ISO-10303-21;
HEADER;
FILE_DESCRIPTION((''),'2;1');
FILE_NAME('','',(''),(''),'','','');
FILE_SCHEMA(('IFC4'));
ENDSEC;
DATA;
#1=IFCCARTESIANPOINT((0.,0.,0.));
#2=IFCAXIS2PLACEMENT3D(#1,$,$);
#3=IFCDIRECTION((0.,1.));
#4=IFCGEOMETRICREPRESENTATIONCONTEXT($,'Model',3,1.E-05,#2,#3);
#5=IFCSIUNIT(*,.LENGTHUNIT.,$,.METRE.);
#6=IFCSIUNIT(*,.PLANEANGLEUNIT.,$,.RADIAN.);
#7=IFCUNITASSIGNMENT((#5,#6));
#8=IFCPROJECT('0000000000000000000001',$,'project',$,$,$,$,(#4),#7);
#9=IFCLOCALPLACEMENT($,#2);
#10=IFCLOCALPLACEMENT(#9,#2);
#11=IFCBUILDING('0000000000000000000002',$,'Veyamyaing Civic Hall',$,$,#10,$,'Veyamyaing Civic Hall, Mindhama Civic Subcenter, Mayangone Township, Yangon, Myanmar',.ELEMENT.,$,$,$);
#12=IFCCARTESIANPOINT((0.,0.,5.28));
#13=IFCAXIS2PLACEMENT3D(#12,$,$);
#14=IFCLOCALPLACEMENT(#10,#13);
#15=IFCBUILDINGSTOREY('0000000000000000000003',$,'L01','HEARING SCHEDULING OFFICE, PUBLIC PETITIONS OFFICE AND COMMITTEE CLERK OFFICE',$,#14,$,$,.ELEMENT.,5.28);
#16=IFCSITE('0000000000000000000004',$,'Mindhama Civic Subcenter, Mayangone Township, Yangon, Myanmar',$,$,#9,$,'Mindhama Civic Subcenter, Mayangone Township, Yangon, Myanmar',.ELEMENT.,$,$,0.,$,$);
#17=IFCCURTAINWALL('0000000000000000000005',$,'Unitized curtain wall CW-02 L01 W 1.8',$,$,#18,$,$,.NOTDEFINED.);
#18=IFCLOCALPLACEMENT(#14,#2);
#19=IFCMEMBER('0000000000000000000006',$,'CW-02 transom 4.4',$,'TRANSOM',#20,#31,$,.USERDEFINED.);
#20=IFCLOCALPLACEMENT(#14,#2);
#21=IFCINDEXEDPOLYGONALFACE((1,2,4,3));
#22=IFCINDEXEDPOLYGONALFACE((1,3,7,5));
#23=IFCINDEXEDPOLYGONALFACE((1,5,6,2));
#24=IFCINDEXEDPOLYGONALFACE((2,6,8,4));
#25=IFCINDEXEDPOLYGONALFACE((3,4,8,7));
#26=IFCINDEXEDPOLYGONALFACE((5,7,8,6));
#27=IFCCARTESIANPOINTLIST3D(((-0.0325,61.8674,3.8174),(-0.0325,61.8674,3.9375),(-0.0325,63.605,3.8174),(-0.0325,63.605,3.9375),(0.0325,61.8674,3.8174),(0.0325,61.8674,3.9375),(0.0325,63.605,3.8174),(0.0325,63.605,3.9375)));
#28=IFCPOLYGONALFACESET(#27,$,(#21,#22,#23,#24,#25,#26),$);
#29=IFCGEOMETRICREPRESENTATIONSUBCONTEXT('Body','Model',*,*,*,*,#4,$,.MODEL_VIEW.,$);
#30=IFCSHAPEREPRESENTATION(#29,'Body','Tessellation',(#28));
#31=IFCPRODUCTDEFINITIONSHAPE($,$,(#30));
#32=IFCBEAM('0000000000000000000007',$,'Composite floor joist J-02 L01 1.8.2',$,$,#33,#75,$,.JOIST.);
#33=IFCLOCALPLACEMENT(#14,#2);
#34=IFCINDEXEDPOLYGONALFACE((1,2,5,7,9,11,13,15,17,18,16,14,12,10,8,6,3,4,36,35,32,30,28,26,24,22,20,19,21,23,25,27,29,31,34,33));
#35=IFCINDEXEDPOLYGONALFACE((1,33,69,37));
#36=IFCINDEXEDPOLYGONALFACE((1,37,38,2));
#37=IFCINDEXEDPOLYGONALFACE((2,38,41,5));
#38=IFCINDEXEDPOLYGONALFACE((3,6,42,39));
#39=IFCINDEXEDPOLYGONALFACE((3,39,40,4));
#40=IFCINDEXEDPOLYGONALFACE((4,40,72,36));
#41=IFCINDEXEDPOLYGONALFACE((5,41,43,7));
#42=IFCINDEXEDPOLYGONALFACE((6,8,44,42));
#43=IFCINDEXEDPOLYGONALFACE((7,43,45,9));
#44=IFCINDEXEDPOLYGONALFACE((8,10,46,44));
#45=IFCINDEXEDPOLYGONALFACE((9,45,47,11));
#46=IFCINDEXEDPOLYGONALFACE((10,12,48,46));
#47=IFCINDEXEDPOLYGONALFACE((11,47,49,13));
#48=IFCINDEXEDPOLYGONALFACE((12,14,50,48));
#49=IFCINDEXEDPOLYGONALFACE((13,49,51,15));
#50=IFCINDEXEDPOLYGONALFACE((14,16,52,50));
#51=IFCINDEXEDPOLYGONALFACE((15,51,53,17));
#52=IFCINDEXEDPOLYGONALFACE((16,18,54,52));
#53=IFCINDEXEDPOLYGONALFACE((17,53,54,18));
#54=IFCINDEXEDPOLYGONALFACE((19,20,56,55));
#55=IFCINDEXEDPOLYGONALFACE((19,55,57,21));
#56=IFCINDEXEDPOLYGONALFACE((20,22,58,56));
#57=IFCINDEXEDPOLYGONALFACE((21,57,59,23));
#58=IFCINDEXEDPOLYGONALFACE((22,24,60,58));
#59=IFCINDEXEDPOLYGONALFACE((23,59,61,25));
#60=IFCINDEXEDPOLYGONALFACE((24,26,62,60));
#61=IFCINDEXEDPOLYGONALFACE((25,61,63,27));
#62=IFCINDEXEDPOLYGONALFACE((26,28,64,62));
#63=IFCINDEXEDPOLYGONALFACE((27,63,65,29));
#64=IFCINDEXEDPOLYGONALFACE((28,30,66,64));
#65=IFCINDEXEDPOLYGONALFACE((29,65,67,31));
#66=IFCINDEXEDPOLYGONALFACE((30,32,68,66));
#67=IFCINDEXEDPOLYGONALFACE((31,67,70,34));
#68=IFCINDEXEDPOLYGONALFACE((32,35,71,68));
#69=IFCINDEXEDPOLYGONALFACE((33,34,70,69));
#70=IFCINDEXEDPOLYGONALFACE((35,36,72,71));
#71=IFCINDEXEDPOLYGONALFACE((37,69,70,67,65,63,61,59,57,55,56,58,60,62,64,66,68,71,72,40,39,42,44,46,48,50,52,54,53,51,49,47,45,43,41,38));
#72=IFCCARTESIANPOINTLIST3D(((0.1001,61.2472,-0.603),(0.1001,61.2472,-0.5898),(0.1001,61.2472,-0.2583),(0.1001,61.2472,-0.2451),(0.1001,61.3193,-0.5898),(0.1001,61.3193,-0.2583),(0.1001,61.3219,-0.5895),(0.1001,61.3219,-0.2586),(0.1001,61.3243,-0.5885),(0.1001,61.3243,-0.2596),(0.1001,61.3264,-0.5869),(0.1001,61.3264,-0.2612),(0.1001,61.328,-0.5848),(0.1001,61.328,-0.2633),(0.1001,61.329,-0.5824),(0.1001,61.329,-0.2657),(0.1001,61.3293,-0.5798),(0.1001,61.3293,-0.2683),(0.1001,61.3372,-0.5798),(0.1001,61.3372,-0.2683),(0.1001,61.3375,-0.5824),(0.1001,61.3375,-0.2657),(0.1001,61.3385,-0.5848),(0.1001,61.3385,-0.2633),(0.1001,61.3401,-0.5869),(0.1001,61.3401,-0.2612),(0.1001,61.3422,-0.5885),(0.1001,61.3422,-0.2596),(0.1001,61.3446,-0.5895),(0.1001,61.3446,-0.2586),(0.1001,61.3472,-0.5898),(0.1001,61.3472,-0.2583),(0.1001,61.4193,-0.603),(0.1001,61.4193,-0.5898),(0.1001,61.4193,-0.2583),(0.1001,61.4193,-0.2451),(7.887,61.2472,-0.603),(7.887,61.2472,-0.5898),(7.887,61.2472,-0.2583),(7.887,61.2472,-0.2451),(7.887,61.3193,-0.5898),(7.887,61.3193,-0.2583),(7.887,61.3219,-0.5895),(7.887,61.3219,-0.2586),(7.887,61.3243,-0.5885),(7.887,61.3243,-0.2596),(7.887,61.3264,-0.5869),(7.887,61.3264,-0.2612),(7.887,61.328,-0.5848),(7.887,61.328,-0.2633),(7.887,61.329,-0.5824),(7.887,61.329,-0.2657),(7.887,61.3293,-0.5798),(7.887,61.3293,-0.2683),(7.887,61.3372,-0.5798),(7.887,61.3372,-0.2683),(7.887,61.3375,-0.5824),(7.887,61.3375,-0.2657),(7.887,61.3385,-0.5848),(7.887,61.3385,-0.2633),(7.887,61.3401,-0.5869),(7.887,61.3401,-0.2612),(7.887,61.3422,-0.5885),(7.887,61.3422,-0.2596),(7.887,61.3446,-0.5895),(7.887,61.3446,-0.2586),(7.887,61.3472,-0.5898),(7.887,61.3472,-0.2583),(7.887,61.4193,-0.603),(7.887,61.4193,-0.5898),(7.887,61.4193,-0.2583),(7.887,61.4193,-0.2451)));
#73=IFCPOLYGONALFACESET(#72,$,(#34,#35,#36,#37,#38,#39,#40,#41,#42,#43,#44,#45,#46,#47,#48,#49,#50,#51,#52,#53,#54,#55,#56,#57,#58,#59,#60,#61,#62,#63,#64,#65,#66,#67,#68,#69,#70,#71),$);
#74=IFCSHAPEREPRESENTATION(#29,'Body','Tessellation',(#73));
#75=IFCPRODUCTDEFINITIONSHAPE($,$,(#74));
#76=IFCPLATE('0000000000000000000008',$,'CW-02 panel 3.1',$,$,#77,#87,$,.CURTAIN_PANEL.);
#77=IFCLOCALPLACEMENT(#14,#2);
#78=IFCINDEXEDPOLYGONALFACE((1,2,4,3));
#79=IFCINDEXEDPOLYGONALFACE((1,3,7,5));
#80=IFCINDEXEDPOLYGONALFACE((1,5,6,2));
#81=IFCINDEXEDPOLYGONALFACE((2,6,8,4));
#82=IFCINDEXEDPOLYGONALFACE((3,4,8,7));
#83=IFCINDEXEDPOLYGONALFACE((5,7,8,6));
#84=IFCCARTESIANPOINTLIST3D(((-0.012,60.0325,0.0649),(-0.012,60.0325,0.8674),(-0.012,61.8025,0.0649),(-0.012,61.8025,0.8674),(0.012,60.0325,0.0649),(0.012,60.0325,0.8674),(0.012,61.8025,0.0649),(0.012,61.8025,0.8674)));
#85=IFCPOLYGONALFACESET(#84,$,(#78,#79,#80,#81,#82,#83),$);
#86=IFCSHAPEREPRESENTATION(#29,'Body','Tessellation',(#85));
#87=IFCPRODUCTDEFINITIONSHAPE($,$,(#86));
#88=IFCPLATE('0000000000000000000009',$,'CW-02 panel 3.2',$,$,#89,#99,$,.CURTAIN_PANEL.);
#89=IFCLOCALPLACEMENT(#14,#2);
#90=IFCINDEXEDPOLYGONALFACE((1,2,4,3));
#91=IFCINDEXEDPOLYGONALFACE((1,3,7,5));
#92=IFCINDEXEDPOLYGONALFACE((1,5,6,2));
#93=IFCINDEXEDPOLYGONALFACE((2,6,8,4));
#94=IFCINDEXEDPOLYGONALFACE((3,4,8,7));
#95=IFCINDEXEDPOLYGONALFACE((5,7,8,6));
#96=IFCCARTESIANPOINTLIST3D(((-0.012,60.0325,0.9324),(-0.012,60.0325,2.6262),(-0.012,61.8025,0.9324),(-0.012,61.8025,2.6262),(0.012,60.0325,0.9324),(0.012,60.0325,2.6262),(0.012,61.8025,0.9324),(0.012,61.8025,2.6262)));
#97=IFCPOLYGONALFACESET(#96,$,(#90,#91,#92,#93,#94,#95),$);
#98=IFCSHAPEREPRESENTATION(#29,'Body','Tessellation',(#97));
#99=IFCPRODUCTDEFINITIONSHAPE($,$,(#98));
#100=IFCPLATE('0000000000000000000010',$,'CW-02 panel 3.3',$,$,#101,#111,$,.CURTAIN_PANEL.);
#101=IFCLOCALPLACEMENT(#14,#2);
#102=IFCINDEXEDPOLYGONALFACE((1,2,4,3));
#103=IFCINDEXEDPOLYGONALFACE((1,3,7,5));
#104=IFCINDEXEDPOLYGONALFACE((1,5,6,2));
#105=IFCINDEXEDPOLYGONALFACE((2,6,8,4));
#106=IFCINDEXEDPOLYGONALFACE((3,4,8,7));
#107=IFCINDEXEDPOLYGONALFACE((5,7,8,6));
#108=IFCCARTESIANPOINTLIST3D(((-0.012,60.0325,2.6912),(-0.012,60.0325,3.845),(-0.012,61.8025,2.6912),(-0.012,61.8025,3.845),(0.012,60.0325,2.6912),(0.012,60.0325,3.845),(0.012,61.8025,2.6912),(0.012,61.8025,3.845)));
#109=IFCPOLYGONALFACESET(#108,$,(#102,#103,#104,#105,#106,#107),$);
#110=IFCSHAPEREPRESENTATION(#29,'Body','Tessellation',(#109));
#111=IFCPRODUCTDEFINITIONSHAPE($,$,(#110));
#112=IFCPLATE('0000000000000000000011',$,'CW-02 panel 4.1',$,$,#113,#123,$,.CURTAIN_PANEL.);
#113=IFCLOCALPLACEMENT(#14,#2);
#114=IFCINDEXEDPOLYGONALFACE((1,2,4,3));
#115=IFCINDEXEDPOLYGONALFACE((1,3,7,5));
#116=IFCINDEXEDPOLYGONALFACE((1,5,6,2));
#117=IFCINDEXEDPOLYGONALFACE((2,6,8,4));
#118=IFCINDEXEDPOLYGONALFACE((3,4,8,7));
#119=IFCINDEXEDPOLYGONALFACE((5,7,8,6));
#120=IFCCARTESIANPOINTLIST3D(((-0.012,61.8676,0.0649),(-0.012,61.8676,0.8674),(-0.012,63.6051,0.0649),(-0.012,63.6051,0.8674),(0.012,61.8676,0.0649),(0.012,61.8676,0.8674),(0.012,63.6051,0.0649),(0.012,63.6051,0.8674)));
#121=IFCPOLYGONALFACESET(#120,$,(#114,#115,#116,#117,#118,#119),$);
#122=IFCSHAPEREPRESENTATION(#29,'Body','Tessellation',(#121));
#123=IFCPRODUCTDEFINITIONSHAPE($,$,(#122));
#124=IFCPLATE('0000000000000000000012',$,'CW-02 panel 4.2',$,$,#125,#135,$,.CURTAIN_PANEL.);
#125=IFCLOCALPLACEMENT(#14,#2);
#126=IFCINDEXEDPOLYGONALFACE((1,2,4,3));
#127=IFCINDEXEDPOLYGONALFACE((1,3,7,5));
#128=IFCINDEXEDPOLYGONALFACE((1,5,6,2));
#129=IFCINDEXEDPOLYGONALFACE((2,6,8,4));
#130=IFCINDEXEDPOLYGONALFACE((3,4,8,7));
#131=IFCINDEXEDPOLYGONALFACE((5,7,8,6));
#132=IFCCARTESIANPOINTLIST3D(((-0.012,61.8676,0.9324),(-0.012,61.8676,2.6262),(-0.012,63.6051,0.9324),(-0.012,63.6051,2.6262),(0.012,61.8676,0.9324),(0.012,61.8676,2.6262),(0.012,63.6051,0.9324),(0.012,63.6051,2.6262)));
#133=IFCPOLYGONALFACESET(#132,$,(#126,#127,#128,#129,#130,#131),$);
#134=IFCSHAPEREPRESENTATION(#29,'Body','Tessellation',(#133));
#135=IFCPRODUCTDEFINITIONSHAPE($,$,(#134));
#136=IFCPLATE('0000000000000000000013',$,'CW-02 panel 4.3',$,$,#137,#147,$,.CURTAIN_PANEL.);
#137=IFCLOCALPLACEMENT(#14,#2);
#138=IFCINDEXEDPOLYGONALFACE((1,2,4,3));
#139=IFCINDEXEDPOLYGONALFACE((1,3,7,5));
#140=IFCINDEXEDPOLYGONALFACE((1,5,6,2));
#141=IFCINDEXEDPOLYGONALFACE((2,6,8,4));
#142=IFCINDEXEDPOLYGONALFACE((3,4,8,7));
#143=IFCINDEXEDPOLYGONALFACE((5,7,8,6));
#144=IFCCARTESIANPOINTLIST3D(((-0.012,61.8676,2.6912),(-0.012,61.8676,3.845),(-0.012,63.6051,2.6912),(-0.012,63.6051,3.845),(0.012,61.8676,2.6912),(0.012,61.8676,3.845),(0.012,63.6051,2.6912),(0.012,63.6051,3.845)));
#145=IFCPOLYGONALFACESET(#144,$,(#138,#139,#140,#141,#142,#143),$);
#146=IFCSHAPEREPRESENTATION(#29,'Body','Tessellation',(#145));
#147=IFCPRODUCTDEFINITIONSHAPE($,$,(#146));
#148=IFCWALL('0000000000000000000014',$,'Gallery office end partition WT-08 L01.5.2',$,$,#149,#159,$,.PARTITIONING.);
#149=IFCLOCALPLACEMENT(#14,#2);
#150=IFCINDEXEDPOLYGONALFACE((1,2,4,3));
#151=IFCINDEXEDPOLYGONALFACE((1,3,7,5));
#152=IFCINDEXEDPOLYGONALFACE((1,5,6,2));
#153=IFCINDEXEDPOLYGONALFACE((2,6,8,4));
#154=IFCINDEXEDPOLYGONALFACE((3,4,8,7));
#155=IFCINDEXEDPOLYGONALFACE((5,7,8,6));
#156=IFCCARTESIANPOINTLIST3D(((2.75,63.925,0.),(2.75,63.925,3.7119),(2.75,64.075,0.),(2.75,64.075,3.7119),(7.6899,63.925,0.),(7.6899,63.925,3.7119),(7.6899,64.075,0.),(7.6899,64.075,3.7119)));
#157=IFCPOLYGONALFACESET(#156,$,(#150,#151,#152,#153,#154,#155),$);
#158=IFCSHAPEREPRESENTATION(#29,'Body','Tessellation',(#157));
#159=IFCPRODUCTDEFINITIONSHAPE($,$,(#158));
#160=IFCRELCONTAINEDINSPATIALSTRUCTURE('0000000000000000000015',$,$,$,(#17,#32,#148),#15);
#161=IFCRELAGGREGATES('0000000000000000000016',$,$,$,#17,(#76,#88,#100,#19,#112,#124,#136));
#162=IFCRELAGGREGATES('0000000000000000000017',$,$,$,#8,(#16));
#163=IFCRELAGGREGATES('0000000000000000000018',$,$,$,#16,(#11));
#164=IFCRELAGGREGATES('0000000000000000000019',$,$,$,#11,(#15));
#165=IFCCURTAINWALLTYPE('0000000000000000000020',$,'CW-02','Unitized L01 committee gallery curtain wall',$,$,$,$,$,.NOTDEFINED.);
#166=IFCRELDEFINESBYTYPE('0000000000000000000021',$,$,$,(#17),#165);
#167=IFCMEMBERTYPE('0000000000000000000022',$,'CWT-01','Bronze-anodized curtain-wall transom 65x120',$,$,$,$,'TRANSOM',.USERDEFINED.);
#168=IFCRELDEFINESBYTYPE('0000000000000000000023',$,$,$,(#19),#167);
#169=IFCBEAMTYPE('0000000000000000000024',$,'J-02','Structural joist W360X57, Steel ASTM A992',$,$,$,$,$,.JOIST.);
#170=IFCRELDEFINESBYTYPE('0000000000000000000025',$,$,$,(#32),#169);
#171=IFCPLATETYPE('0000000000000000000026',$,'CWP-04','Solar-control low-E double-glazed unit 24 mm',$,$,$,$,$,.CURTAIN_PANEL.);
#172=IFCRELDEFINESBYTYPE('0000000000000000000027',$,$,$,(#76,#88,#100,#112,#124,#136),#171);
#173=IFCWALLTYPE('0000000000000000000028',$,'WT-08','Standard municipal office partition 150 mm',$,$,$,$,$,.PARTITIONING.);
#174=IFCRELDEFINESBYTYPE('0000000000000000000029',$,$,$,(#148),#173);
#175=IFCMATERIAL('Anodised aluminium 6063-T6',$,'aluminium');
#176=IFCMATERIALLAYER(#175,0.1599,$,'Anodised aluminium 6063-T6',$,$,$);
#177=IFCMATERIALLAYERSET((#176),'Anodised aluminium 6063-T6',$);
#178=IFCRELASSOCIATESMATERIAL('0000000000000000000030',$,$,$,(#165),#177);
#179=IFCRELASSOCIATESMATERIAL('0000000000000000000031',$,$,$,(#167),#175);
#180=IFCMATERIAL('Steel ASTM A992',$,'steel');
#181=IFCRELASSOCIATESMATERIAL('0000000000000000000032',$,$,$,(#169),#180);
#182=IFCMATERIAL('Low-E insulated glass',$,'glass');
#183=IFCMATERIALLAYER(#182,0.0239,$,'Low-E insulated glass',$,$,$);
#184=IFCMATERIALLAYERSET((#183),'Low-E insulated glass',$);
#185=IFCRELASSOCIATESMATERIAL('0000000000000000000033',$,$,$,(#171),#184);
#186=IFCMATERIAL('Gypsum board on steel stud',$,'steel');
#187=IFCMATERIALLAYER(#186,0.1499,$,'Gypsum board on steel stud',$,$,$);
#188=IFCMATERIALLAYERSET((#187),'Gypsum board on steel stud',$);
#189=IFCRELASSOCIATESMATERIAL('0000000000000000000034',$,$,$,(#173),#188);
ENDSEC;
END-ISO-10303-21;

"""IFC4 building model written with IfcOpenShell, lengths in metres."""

from ifc_helpers import new_model, si_unit, direction, frame, frame_2d, origin, origin_2d, place, context, subcontext, project, spatial, rectangle, i_section, extrude, material, layer, layer_set, material_profile, profile_set, type_object, element, aggregate, save


model = new_model("IFC4")

# Units and contexts
model_context = context("Model", 3, precision=1e-05, world=origin(), true_north=direction((0.0, 1.0)))
body_context = subcontext(model_context, "Body", "Model", "MODEL_VIEW")
ifc_project = project(units=[si_unit("LENGTHUNIT", "METRE"), si_unit("PLANEANGLEUNIT", "RADIAN")], contexts=[model_context])

# Site, building, storey
site_placement = place(None, origin())
site = spatial("IfcSite", under=ifc_project, at=site_placement, Name="Mindhama Civic Subcenter, Mayangone Township, Yangon, Myanmar", LongName="Mindhama Civic Subcenter, Mayangone Township, Yangon, Myanmar", CompositionType="ELEMENT", RefElevation=0.0)
building_placement = place(site_placement, origin())
building = spatial("IfcBuilding", under=site, at=building_placement, Name="Veyamyaing Civic Hall", LongName="Veyamyaing Civic Hall, Mindhama Civic Subcenter, Mayangone Township, Yangon, Myanmar", CompositionType="ELEMENT")
storey_placement = place(building_placement, frame((0.0, 0.0, 5.28)))
storey = spatial("IfcBuildingStorey", under=building, at=storey_placement, Name="L01", Description="HEARING SCHEDULING OFFICE, PUBLIC PETITIONS OFFICE AND COMMITTEE CLERK OFFICE", CompositionType="ELEMENT", Elevation=5.28)

# Shared definitions
ifc_material_1 = material(Name="Steel ASTM A992", Category="steel")

# Curtain wall, member
ifc_material_2 = material(Name="Anodised aluminium 6063-T6", Category="aluminium")
ifc_layer_1 = layer(ifc_material_2, 0.1599, Name="Anodised aluminium 6063-T6")
ifc_layer_set_1 = layer_set([ifc_layer_1], Name="Anodised aluminium 6063-T6")
curtain_wall_type = type_object("IfcCurtainWallType", Name="CW-02", Description="Unitized L01 committee gallery curtain wall", PredefinedType="NOTDEFINED", material=ifc_layer_set_1)
curtain_wall_placement = place(storey_placement, origin())
curtain_wall = element("IfcCurtainWall", 1, at=curtain_wall_placement, inside=storey, type_object=curtain_wall_type, Name="Unitized curtain wall CW-02 L01 W 1.8", PredefinedType="NOTDEFINED")
ifc_material_profile_1 = material_profile(ifc_material_2, rectangle(XDim=0.0649, YDim=0.1201, at=origin_2d()), Name="ALU-TRN-65X120")
ifc_profile_set_1 = profile_set([ifc_material_profile_1], Name="Anodised aluminium 6063-T6")
member_type_1 = type_object("IfcMemberType", Name="CWT-01", Description="Bronze-anodized curtain-wall transom 65x120", ElementType="TRANSOM", PredefinedType="USERDEFINED", material=ifc_profile_set_1)
member_1_placement = place(storey_placement, frame((0.0, 61.8674, 3.8774), z_axis=(0.0, 1.0, 0.0), x_axis=(-1.0, 0.0, 0.0)))
member_1 = element("IfcMember", 2, at=member_1_placement, type_object=member_type_1, Name="CW-02 transom 4.4", ObjectType="TRANSOM", PredefinedType="USERDEFINED", context=body_context, shape_type="SweptSolid", body=[
    extrude(rectangle(XDim=0.0649, YDim=0.1201, at=origin_2d()), origin(), (0.0, 0.0, 1.0), 1.7375),
])

# Beam
ifc_material_profile_2 = material_profile(ifc_material_1, i_section(OverallWidth=0.1721, OverallDepth=0.3579, WebThickness=0.0078, FlangeThickness=0.0132, FilletRadius=0.01, at=origin_2d()), Name="W360X57")
ifc_profile_set_2 = profile_set([ifc_material_profile_2], Name="Steel ASTM A992")
beam_type_1 = type_object("IfcBeamType", Name="J-02", Description="Structural joist W360X57, Steel ASTM A992", PredefinedType="JOIST", material=ifc_profile_set_2)
beam_1_placement = place(storey_placement, frame((0.1001, 61.3333, -0.4241), z_axis=(1.0, 0.0, 0.0), x_axis=(0.0, 1.0, 0.0)))
element("IfcBeam", 3, at=beam_1_placement, inside=storey, type_object=beam_type_1, Name="Composite floor joist J-02 L01 1.8.2", PredefinedType="JOIST", context=body_context, shape_type="SweptSolid", body=[
    extrude(i_section(OverallWidth=0.1721, OverallDepth=0.3579, WebThickness=0.0078, FlangeThickness=0.0132, FilletRadius=0.01, at=origin_2d()), origin(), (0.0, 0.0, 1.0), 7.7869),
])

# Plates
ifc_material_3 = material(Name="Low-E insulated glass", Category="glass")
ifc_layer_2 = layer(ifc_material_3, 0.0239, Name="Low-E insulated glass")
ifc_layer_set_2 = layer_set([ifc_layer_2], Name="Low-E insulated glass")
plate_type = type_object("IfcPlateType", Name="CWP-04", Description="Solar-control low-E double-glazed unit 24 mm", PredefinedType="CURTAIN_PANEL", material=ifc_layer_set_2)
plate_1_placement = place(storey_placement, frame((0.0, 60.9175, 0.0649), z_axis=(0.0, 0.0, 1.0), x_axis=(0.0, 1.0, 0.0)))
plate_1 = element("IfcPlate", 4, at=plate_1_placement, type_object=plate_type, Name="CW-02 panel 3.1", PredefinedType="CURTAIN_PANEL", context=body_context, shape_type="SweptSolid", body=[
    extrude(rectangle(XDim=1.77, YDim=0.0239, at=origin_2d()), origin(), (0.0, 0.0, 1.0), 0.8025),
])
plate_2_placement = place(storey_placement, frame((0.0, 60.9175, 0.9324), z_axis=(0.0, 0.0, 1.0), x_axis=(0.0, 1.0, 0.0)))
plate_2 = element("IfcPlate", 5, at=plate_2_placement, type_object=plate_type, Name="CW-02 panel 3.2", PredefinedType="CURTAIN_PANEL", context=body_context, shape_type="SweptSolid", body=[
    extrude(rectangle(XDim=1.77, YDim=0.0239, at=origin_2d()), origin(), (0.0, 0.0, 1.0), 1.6938),
])
plate_3_placement = place(storey_placement, frame((0.0, 60.9175, 2.6912), z_axis=(0.0, 0.0, 1.0), x_axis=(0.0, 1.0, 0.0)))
plate_3 = element("IfcPlate", 6, at=plate_3_placement, type_object=plate_type, Name="CW-02 panel 3.3", PredefinedType="CURTAIN_PANEL", context=body_context, shape_type="SweptSolid", body=[
    extrude(rectangle(XDim=1.77, YDim=0.0239, at=origin_2d()), origin(), (0.0, 0.0, 1.0), 1.1538),
])
plate_4_placement = place(storey_placement, frame((0.0, 62.7363, 0.0649), z_axis=(0.0, 0.0, 1.0), x_axis=(0.0, 1.0, 0.0)))
plate_4 = element("IfcPlate", 7, at=plate_4_placement, type_object=plate_type, Name="CW-02 panel 4.1", PredefinedType="CURTAIN_PANEL", context=body_context, shape_type="SweptSolid", body=[
    extrude(rectangle(XDim=1.7375, YDim=0.0239, at=origin_2d()), origin(), (0.0, 0.0, 1.0), 0.8025),
])
plate_5_placement = place(storey_placement, frame((0.0, 62.7363, 0.9324), z_axis=(0.0, 0.0, 1.0), x_axis=(0.0, 1.0, 0.0)))
plate_5 = element("IfcPlate", 8, at=plate_5_placement, type_object=plate_type, Name="CW-02 panel 4.2", PredefinedType="CURTAIN_PANEL", context=body_context, shape_type="SweptSolid", body=[
    extrude(rectangle(XDim=1.7375, YDim=0.0239, at=origin_2d()), origin(), (0.0, 0.0, 1.0), 1.6938),
])
plate_6_placement = place(storey_placement, frame((0.0, 62.7363, 2.6912), z_axis=(0.0, 0.0, 1.0), x_axis=(0.0, 1.0, 0.0)))
plate_6 = element("IfcPlate", 9, at=plate_6_placement, type_object=plate_type, Name="CW-02 panel 4.3", PredefinedType="CURTAIN_PANEL", context=body_context, shape_type="SweptSolid", body=[
    extrude(rectangle(XDim=1.7375, YDim=0.0239, at=origin_2d()), origin(), (0.0, 0.0, 1.0), 1.1538),
])
aggregate(curtain_wall, [plate_1, plate_2, plate_3, member_1, plate_4, plate_5, plate_6])

# Wall
ifc_material_4 = material(Name="Gypsum board on steel stud", Category="steel")
ifc_layer_3 = layer(ifc_material_4, 0.1499, Name="Gypsum board on steel stud")
ifc_layer_set_3 = layer_set([ifc_layer_3], Name="Gypsum board on steel stud")
wall_type = type_object("IfcWallType", Name="WT-08", Description="Standard municipal office partition 150 mm", PredefinedType="PARTITIONING", material=ifc_layer_set_3)
wall_placement = place(storey_placement, frame((2.75, 64.0, 0.0), z_axis=(0.0, 0.0, 1.0), x_axis=(1.0, 0.0, 0.0)))
element("IfcWall", 10, at=wall_placement, inside=storey, type_object=wall_type, Name="Gallery office end partition WT-08 L01.5.2", PredefinedType="PARTITIONING", context=body_context, shape_type="SweptSolid", body=[
    extrude(rectangle(XDim=4.9399, YDim=0.1499, at=frame_2d((2.47, 0.0))), origin(), (0.0, 0.0, 1.0), 3.7119),
])

save(model, "model.ifc")
